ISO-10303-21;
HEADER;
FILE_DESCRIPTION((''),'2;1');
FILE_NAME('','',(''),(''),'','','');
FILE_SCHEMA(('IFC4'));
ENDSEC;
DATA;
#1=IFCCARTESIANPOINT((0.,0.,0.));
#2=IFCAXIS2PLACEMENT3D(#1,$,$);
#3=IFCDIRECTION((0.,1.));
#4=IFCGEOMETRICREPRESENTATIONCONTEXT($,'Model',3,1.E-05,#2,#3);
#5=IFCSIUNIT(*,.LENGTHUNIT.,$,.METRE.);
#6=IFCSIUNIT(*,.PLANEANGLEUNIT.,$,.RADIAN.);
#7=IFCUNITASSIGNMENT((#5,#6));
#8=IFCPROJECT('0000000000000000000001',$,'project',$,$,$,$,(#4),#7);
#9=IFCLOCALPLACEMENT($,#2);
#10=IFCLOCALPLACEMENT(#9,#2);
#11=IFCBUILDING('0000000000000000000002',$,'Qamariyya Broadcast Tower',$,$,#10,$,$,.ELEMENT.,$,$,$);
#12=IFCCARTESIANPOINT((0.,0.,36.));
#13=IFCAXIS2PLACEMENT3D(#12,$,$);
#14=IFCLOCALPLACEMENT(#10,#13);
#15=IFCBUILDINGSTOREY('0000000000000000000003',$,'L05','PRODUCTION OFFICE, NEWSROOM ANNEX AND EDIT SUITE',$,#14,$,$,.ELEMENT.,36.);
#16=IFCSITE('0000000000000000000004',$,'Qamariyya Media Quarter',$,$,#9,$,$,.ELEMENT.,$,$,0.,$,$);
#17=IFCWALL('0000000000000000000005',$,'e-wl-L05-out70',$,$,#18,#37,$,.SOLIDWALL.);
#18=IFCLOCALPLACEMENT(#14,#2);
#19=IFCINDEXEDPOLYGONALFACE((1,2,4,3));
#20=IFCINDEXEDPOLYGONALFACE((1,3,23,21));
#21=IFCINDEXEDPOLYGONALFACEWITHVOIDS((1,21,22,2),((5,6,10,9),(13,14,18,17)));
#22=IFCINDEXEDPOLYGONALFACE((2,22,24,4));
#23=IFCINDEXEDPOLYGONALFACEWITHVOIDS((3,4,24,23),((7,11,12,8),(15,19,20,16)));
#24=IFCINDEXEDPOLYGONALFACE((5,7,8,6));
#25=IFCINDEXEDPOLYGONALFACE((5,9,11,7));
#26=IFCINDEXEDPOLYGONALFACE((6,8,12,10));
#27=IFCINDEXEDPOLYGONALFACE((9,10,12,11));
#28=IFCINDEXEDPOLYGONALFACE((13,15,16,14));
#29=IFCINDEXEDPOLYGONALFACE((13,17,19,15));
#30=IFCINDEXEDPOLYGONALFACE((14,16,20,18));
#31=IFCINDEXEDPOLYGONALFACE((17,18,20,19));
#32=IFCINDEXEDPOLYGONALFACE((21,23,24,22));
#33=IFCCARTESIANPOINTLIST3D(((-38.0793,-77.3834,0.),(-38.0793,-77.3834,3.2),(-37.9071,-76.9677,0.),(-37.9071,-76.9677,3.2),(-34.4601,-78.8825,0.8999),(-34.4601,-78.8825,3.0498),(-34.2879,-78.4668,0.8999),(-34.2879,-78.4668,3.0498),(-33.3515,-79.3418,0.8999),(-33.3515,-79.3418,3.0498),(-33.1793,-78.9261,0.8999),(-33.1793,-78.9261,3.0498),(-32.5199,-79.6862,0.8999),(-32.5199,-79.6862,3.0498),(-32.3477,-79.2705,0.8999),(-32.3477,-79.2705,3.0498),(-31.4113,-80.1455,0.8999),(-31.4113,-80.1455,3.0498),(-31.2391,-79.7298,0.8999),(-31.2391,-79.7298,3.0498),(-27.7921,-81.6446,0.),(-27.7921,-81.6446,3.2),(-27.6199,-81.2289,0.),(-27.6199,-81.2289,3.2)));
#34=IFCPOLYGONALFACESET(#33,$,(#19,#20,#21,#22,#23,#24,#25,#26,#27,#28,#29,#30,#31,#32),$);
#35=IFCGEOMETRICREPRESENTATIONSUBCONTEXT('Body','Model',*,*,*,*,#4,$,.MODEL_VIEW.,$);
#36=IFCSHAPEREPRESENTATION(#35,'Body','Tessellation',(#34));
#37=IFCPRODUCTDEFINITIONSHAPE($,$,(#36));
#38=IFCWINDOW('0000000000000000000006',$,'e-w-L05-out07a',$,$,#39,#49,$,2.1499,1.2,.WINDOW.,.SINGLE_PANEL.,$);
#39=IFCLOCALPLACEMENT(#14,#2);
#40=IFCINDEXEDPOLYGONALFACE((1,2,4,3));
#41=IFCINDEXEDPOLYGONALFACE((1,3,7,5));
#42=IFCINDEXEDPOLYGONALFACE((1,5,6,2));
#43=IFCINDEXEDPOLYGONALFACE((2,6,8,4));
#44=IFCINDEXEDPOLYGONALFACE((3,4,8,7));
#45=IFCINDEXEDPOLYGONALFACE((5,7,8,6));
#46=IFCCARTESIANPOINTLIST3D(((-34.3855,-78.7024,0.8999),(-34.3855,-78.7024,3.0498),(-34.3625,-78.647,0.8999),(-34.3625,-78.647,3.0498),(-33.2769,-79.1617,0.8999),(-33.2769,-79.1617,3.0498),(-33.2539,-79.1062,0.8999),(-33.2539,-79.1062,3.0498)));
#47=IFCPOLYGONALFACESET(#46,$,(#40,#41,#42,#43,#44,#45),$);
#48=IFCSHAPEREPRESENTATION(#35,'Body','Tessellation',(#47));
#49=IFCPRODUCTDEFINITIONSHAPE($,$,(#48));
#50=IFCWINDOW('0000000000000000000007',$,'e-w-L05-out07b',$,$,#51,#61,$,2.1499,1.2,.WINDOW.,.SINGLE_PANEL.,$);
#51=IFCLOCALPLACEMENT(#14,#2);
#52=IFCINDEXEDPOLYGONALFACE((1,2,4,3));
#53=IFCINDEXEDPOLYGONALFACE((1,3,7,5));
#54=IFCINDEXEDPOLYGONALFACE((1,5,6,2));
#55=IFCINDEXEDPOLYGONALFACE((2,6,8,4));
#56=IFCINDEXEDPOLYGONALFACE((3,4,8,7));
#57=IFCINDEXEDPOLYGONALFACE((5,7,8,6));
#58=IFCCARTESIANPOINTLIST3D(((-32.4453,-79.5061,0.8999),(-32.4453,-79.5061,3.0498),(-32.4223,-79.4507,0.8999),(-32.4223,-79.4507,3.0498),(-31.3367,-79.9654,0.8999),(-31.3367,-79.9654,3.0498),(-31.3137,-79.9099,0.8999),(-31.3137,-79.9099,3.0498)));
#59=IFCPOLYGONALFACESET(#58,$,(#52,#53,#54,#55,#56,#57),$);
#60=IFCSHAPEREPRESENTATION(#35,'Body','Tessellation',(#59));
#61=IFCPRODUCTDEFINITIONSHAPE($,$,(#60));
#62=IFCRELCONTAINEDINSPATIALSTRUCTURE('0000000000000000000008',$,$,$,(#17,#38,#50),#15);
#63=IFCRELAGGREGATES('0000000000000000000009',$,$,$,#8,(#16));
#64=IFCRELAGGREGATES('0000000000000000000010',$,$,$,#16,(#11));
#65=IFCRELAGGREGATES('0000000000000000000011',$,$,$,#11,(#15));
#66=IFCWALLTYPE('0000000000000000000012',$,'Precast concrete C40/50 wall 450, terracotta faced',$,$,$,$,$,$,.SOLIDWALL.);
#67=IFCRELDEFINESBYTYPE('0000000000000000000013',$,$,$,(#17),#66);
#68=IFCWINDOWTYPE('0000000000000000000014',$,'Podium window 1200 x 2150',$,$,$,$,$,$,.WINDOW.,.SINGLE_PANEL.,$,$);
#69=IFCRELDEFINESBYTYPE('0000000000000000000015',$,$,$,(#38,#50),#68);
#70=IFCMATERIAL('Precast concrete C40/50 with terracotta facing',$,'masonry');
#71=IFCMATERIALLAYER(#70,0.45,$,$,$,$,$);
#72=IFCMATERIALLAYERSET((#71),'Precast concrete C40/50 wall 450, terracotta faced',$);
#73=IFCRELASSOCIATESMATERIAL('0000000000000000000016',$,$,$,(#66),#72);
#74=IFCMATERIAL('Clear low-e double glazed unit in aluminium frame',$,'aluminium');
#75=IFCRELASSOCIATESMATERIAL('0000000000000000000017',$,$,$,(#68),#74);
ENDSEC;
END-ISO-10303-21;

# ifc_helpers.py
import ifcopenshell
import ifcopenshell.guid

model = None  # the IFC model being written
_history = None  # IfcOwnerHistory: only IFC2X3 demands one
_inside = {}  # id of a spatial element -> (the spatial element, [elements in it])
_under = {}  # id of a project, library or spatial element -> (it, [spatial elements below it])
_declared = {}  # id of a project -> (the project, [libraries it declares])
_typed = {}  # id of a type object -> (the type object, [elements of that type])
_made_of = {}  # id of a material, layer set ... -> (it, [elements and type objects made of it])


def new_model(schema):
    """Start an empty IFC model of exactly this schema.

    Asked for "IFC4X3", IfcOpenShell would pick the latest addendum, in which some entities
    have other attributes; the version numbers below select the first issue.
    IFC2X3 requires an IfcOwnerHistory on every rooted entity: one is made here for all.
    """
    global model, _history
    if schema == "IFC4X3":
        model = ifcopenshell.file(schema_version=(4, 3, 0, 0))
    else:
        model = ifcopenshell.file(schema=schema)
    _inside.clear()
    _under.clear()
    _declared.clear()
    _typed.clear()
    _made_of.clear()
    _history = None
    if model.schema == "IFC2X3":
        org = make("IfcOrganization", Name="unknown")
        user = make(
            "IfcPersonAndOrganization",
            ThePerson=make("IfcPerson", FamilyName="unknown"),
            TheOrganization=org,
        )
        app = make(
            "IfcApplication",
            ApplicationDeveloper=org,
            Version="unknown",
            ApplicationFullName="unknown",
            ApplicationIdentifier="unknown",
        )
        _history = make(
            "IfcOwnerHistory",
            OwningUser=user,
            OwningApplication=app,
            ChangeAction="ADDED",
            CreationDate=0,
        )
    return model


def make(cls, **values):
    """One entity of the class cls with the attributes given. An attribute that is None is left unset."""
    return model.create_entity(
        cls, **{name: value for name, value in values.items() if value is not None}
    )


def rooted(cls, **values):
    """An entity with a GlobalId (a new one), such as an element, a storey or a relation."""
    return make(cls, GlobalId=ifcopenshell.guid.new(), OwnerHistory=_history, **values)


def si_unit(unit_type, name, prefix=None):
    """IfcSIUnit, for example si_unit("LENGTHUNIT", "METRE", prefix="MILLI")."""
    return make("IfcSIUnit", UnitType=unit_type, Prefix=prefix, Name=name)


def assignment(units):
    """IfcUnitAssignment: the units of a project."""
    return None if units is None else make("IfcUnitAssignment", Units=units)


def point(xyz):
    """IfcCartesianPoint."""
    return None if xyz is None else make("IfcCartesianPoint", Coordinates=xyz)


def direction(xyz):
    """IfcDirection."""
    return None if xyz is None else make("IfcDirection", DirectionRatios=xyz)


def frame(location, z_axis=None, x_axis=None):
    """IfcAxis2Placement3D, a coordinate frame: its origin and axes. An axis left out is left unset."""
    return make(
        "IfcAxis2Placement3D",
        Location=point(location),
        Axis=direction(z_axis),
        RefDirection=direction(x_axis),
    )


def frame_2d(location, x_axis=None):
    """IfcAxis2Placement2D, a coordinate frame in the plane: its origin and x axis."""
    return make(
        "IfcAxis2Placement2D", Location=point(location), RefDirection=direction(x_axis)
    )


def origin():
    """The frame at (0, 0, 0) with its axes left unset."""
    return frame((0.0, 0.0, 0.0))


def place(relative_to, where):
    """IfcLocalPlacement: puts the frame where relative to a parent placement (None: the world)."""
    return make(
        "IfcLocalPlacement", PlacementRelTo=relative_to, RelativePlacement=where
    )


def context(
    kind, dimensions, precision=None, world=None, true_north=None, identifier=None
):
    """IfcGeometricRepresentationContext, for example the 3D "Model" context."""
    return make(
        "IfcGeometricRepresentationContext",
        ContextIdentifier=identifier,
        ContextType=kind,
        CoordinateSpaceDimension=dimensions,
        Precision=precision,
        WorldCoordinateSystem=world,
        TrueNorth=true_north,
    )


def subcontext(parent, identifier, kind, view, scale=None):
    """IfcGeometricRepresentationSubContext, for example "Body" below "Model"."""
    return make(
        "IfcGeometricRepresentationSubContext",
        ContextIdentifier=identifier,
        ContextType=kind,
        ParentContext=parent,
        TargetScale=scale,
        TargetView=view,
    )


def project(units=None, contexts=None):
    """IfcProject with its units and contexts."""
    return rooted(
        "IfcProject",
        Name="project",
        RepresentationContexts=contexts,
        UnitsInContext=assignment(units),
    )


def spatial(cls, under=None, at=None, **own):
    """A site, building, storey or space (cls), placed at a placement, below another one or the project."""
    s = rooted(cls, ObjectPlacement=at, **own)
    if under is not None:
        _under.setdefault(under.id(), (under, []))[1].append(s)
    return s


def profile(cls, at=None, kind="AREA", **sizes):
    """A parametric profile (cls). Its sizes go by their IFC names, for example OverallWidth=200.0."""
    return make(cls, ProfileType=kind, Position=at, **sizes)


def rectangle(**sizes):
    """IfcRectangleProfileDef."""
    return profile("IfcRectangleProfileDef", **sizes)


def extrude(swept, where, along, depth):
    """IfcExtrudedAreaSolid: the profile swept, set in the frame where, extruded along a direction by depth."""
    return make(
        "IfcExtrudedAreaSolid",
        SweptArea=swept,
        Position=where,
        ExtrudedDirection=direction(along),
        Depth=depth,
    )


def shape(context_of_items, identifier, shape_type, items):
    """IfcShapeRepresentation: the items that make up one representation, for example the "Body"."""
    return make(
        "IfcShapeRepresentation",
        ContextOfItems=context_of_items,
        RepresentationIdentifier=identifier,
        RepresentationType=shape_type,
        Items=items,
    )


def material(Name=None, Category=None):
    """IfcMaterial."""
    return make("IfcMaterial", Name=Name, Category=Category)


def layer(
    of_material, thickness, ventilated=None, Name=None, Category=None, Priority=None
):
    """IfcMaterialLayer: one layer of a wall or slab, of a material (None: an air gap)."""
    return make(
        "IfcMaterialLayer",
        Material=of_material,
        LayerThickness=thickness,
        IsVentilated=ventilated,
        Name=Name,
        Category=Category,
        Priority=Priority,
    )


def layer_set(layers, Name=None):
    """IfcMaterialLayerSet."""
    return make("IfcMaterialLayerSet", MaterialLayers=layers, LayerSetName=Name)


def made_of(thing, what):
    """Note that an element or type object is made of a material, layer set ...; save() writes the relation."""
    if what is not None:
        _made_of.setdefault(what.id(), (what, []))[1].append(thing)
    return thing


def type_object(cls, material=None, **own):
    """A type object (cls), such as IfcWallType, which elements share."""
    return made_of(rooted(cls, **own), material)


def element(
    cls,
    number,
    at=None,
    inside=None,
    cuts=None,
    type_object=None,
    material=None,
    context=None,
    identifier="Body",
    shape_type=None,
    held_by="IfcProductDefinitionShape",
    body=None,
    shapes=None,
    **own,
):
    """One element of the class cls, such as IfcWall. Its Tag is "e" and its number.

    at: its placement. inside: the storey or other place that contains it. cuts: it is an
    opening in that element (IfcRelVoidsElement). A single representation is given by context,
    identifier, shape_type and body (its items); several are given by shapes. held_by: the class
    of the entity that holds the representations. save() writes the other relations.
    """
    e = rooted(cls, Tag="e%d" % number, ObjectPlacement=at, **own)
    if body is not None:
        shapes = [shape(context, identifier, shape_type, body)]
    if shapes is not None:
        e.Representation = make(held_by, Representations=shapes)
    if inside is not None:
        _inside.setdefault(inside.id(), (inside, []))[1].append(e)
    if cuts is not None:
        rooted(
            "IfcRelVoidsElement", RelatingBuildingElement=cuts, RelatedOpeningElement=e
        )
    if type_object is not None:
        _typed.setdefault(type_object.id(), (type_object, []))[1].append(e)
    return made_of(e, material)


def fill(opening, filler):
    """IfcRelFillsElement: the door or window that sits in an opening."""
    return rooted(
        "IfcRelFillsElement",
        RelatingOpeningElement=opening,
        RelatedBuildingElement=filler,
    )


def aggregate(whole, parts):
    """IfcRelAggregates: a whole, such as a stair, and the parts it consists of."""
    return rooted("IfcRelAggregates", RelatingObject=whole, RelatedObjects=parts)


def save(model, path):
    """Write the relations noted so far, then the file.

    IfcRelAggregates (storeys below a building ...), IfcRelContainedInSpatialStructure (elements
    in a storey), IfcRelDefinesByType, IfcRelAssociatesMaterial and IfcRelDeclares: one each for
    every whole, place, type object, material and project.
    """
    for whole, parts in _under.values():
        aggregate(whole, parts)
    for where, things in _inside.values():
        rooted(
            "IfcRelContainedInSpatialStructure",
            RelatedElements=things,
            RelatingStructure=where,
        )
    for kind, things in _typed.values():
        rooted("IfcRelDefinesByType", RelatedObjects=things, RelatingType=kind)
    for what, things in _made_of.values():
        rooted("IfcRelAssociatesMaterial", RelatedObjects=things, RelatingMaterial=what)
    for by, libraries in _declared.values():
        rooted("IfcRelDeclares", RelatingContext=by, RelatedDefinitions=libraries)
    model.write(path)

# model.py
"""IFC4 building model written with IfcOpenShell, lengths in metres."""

from ifc_helpers import new_model, si_unit, direction, frame, frame_2d, origin, place, context, subcontext, project, spatial, rectangle, extrude, material, layer, layer_set, type_object, element, fill, save


model = new_model("IFC4")

# Units and contexts
model_context = context("Model", 3, precision=1e-05, world=origin(), true_north=direction((0.0, 1.0)))
body_context = subcontext(model_context, "Body", "Model", "MODEL_VIEW")
ifc_project = project(units=[si_unit("LENGTHUNIT", "METRE"), si_unit("PLANEANGLEUNIT", "RADIAN")], contexts=[model_context])

# Site, building, storey
site_placement = place(None, origin())
site = spatial("IfcSite", under=ifc_project, at=site_placement, Name="Qamariyya Media Quarter", CompositionType="ELEMENT", RefElevation=0.0)
building_placement = place(site_placement, origin())
building = spatial("IfcBuilding", under=site, at=building_placement, Name="Qamariyya Broadcast Tower", CompositionType="ELEMENT")
storey_placement = place(building_placement, frame((0.0, 0.0, 36.0)))
storey = spatial("IfcBuildingStorey", under=building, at=storey_placement, Name="L05", Description="PRODUCTION OFFICE, NEWSROOM ANNEX AND EDIT SUITE", CompositionType="ELEMENT", Elevation=36.0)

# Wall, openings, windows
ifc_material_1 = material(Name="Precast concrete C40/50 with terracotta facing", Category="masonry")
ifc_layer_1 = layer(ifc_material_1, 0.45)
ifc_layer_set_1 = layer_set([ifc_layer_1], Name="Precast concrete C40/50 wall 450, terracotta faced")
wall_type_1 = type_object("IfcWallType", Name="Precast concrete C40/50 wall 450, terracotta faced", PredefinedType="SOLIDWALL", material=ifc_layer_set_1)
wall_1_placement = place(storey_placement, frame((-37.9932, -77.1755, 0.0), z_axis=(0.0, 0.0, 1.0), x_axis=(0.923874, -0.382696, 0.0)))
wall_1 = element("IfcWall", 1, at=wall_1_placement, inside=storey, type_object=wall_type_1, Name="e-wl-L05-out70", PredefinedType="SOLIDWALL", context=body_context, shape_type="SweptSolid", body=[
    extrude(rectangle(XDim=11.1348, YDim=0.45, at=frame_2d((5.5674, 0.0))), origin(), (0.0, 0.0, 1.0), 3.2),
])
opening_1_placement = place(wall_1_placement, frame((3.9172, 0.0, 0.8999)))
opening_1 = element("IfcOpeningElement", 2, at=opening_1_placement, cuts=wall_1, PredefinedType="OPENING", context=body_context, shape_type="SweptSolid", body=[
    extrude(rectangle(XDim=1.2, YDim=2.1499, at=frame_2d((0.6001, 1.075))), frame((0.0, 0.2349, 0.0), z_axis=(0.0, -1.0, 0.0), x_axis=(1.0, 0.0, 0.0)), (0.0, 0.0, 1.0), 0.47),
])
opening_2_placement = place(wall_1_placement, frame((6.0173, 0.0, 0.8999)))
opening_2 = element("IfcOpeningElement", 3, at=opening_2_placement, cuts=wall_1, PredefinedType="OPENING", context=body_context, shape_type="SweptSolid", body=[
    extrude(rectangle(XDim=1.2, YDim=2.1499, at=frame_2d((0.6001, 1.075))), frame((0.0, 0.2349, 0.0), z_axis=(0.0, -1.0, 0.0), x_axis=(1.0, 0.0, 0.0)), (0.0, 0.0, 1.0), 0.47),
])
ifc_material_2 = material(Name="Clear low-e double glazed unit in aluminium frame", Category="aluminium")
window_type = type_object("IfcWindowType", Name="Podium window 1200 x 2150", PartitioningType="SINGLE_PANEL", PredefinedType="WINDOW", material=ifc_material_2)
window_1_placement = place(opening_1_placement, origin())
window_1 = element("IfcWindow", 4, at=window_1_placement, inside=storey, type_object=window_type, Name="e-w-L05-out07a", OverallHeight=2.1499, OverallWidth=1.2, PartitioningType="SINGLE_PANEL", PredefinedType="WINDOW", context=body_context, shape_type="SweptSolid", body=[
    extrude(rectangle(XDim=1.2, YDim=2.1499, at=frame_2d((0.6001, 1.075))), frame((0.0, 0.03, 0.0), z_axis=(0.0, -1.0, 0.0), x_axis=(1.0, 0.0, 0.0)), (0.0, 0.0, 1.0), 0.0601),
])
fill(opening_1, window_1)
window_2_placement = place(opening_2_placement, origin())
window_2 = element("IfcWindow", 5, at=window_2_placement, inside=storey, type_object=window_type, Name="e-w-L05-out07b", OverallHeight=2.1499, OverallWidth=1.2, PartitioningType="SINGLE_PANEL", PredefinedType="WINDOW", context=body_context, shape_type="SweptSolid", body=[
    extrude(rectangle(XDim=1.2, YDim=2.1499, at=frame_2d((0.6001, 1.075))), frame((0.0, 0.03, 0.0), z_axis=(0.0, -1.0, 0.0), x_axis=(1.0, 0.0, 0.0)), (0.0, 0.0, 1.0), 0.0601),
])
fill(opening_2, window_2)

save(model, "model.ifc")
